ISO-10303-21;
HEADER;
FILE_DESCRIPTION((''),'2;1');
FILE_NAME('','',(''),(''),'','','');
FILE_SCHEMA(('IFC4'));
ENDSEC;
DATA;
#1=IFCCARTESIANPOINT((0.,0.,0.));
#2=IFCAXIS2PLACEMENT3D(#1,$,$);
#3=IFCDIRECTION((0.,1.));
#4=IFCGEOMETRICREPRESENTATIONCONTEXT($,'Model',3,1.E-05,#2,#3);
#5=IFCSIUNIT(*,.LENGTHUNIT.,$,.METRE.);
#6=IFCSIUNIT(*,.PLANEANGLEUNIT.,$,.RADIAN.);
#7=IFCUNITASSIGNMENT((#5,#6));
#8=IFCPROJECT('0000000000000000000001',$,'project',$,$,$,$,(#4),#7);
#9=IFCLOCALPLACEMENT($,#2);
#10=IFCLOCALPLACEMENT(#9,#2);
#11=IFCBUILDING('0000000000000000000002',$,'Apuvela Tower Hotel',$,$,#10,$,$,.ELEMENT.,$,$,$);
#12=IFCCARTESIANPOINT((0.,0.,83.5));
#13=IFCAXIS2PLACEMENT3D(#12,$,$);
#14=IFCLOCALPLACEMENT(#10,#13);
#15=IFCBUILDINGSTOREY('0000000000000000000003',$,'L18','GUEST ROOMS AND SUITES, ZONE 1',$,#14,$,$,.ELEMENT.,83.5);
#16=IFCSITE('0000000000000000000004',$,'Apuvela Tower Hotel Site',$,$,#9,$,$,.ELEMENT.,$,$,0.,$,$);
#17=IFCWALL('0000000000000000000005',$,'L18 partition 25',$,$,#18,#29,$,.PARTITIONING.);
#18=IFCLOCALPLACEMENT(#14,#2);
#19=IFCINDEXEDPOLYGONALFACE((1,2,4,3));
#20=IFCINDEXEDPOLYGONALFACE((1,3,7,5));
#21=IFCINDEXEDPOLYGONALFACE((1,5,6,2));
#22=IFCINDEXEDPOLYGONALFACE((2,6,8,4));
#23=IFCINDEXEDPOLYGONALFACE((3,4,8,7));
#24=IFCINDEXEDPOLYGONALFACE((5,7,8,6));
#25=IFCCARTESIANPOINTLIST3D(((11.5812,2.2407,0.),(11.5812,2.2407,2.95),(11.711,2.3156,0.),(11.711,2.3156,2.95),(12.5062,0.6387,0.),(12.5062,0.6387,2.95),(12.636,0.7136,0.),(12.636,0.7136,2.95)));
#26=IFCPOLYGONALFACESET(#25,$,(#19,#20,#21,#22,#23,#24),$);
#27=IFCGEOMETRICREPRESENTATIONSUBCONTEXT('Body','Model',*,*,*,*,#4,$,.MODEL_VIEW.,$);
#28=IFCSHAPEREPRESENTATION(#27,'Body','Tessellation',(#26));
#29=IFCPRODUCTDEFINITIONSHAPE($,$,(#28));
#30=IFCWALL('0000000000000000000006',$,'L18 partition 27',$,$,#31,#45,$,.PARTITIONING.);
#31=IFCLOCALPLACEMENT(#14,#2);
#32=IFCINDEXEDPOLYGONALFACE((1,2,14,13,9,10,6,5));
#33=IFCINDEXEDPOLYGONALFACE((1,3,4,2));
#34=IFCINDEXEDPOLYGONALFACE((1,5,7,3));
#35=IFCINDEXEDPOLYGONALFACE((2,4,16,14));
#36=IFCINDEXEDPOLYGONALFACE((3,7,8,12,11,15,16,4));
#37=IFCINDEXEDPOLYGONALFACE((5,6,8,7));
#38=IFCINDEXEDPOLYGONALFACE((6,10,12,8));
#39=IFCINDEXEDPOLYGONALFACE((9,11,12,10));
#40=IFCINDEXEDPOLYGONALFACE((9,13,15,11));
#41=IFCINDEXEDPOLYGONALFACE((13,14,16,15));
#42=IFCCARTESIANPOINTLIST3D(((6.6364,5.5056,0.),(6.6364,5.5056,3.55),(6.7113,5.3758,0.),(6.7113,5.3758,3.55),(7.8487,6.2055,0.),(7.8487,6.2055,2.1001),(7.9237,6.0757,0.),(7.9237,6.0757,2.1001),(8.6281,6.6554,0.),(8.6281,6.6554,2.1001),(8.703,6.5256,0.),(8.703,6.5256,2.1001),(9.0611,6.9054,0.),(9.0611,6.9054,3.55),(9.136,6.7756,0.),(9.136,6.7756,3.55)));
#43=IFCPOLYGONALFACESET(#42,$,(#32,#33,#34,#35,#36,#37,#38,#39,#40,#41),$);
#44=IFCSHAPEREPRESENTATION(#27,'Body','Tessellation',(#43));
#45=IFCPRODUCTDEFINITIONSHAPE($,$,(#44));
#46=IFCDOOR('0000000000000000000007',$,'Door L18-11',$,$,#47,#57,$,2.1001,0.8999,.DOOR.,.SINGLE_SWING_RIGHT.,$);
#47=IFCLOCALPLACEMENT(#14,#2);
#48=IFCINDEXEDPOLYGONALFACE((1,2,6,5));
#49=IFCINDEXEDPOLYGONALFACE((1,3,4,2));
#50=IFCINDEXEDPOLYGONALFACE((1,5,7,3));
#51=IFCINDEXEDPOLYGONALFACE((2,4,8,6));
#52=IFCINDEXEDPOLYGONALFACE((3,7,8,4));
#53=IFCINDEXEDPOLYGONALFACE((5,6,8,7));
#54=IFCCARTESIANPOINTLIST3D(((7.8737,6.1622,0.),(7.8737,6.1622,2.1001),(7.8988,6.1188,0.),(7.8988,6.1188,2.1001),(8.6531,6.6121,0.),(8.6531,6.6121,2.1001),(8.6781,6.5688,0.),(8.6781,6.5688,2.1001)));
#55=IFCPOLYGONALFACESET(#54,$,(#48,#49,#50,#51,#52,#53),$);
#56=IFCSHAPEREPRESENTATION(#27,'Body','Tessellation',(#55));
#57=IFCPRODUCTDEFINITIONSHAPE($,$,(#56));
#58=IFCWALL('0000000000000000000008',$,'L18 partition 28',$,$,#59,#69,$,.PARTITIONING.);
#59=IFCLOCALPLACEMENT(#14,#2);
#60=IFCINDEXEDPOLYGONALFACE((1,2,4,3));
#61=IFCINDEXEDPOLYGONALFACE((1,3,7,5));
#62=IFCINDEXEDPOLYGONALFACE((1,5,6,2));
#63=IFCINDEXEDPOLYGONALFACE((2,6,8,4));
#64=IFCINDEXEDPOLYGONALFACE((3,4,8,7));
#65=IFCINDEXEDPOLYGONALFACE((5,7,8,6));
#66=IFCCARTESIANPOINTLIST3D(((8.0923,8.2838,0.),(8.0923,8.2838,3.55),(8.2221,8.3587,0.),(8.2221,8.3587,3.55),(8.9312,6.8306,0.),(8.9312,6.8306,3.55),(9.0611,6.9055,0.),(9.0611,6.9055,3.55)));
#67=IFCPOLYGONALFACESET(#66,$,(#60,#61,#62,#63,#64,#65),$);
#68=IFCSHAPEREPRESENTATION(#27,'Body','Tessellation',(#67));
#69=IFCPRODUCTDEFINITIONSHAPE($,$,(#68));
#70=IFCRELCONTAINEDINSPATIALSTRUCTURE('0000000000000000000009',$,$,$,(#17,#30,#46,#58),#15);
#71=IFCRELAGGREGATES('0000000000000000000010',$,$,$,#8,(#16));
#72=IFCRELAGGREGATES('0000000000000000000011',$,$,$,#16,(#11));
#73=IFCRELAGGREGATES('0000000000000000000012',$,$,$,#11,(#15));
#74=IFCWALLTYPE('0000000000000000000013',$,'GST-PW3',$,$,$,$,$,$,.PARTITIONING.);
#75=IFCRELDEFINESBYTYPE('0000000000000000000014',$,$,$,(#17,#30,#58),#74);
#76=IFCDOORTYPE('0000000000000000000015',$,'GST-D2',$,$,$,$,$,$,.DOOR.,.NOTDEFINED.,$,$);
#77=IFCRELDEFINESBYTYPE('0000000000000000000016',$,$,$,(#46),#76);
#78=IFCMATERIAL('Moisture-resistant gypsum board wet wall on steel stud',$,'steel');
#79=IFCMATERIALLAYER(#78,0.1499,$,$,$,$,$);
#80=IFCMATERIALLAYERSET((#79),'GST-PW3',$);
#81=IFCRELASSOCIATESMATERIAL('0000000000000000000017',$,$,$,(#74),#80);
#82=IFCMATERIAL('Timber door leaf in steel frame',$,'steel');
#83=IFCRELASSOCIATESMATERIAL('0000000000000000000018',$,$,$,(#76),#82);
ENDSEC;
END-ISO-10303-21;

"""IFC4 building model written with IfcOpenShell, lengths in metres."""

from ifc_helpers import new_model, si_unit, direction, frame, frame_2d, origin, place, context, subcontext, project, spatial, rectangle, extrude, material, layer, layer_set, type_object, element, fill, save


model = new_model("IFC4")

# Units and contexts
model_context = context("Model", 3, precision=1e-05, world=origin(), true_north=direction((0.0, 1.0)))
body_context = subcontext(model_context, "Body", "Model", "MODEL_VIEW")
ifc_project = project(units=[si_unit("LENGTHUNIT", "METRE"), si_unit("PLANEANGLEUNIT", "RADIAN")], contexts=[model_context])

# Site, building, storey
site_placement = place(None, origin())
site = spatial("IfcSite", under=ifc_project, at=site_placement, Name="Apuvela Tower Hotel Site", CompositionType="ELEMENT", RefElevation=0.0)
building_placement = place(site_placement, origin())
building = spatial("IfcBuilding", under=site, at=building_placement, Name="Apuvela Tower Hotel", CompositionType="ELEMENT")
storey_placement = place(building_placement, frame((0.0, 0.0, 83.5)))
storey = spatial("IfcBuildingStorey", under=building, at=storey_placement, Name="L18", Description="GUEST ROOMS AND SUITES, ZONE 1", CompositionType="ELEMENT", Elevation=83.5)

# Shared definitions
ifc_material_1 = material(Name="Timber door leaf in steel frame", Category="steel")
ifc_material_2 = material(Name="Moisture-resistant gypsum board wet wall on steel stud", Category="steel")
ifc_layer_1 = layer(ifc_material_2, 0.1499)
ifc_layer_set_1 = layer_set([ifc_layer_1], Name="GST-PW3")
wall_type_1 = type_object("IfcWallType", Name="GST-PW3", PredefinedType="PARTITIONING", material=ifc_layer_set_1)
door_type_1 = type_object("IfcDoorType", Name="GST-D2", OperationType="NOTDEFINED", PredefinedType="DOOR", material=ifc_material_1)

# Wall
wall_1_placement = place(storey_placement, frame((12.571, 0.6763, 0.0), z_axis=(0.0, 0.0, 1.0), x_axis=(-0.500042, 0.866001, 0.0)))
element("IfcWall", 1, at=wall_1_placement, inside=storey, type_object=wall_type_1, Name="L18 partition 25", PredefinedType="PARTITIONING", context=body_context, shape_type="SweptSolid", body=[
    extrude(rectangle(XDim=1.8499, YDim=0.1499, at=frame_2d((0.9248, 0.0))), origin(), (0.0, 0.0, 1.0), 2.95),
])

# Wall, opening, door
wall_2_placement = place(storey_placement, frame((6.6738, 5.4407, 0.0), z_axis=(0.0, 0.0, 1.0), x_axis=(0.866035, 0.499984, 0.0)))
wall_2 = element("IfcWall", 2, at=wall_2_placement, inside=storey, type_object=wall_type_1, Name="L18 partition 27", PredefinedType="PARTITIONING", context=body_context, shape_type="SweptSolid", body=[
    extrude(rectangle(XDim=2.7998, YDim=0.1499, at=frame_2d((1.3999, 0.0))), origin(), (0.0, 0.0, 1.0), 3.55),
])
opening_1_placement = place(wall_2_placement, frame((1.3999, 0.0, 0.0)))
opening_1 = element("IfcOpeningElement", 3, at=opening_1_placement, cuts=wall_2, PredefinedType="OPENING", context=body_context, shape_type="SweptSolid", body=[
    extrude(rectangle(XDim=0.8999, YDim=2.1001, at=frame_2d((0.45, 1.05))), frame((0.0, 0.085, 0.0), z_axis=(0.0, -1.0, 0.0), x_axis=(1.0, 0.0, 0.0)), (0.0, 0.0, 1.0), 0.1699),
])
door_1_placement = place(opening_1_placement, origin())
door_1 = element("IfcDoor", 4, at=door_1_placement, inside=storey, type_object=door_type_1, Name="Door L18-11", OperationType="SINGLE_SWING_RIGHT", OverallHeight=2.1001, OverallWidth=0.8999, PredefinedType="DOOR", context=body_context, shape_type="SweptSolid", body=[
    extrude(rectangle(XDim=0.8999, YDim=2.1001, at=frame_2d((0.45, 1.05))), frame((0.0, 0.0249, 0.0), z_axis=(0.0, -1.0, 0.0), x_axis=(1.0, 0.0, 0.0)), (0.0, 0.0, 1.0), 0.05),
])
fill(opening_1, door_1)

# Wall
wall_3_placement = place(storey_placement, frame((8.9961, 6.8682, 0.0), z_axis=(0.0, 0.0, 1.0), x_axis=(-0.499958, 0.86605, 0.0)))
element("IfcWall", 5, at=wall_3_placement, inside=storey, type_object=wall_type_1, Name="L18 partition 28", PredefinedType="PARTITIONING", context=body_context, shape_type="SweptSolid", body=[
    extrude(rectangle(XDim=1.678, YDim=0.1499, at=frame_2d((0.8389, 0.0))), origin(), (0.0, 0.0, 1.0), 3.55),
])

save(model, "model.ifc")
